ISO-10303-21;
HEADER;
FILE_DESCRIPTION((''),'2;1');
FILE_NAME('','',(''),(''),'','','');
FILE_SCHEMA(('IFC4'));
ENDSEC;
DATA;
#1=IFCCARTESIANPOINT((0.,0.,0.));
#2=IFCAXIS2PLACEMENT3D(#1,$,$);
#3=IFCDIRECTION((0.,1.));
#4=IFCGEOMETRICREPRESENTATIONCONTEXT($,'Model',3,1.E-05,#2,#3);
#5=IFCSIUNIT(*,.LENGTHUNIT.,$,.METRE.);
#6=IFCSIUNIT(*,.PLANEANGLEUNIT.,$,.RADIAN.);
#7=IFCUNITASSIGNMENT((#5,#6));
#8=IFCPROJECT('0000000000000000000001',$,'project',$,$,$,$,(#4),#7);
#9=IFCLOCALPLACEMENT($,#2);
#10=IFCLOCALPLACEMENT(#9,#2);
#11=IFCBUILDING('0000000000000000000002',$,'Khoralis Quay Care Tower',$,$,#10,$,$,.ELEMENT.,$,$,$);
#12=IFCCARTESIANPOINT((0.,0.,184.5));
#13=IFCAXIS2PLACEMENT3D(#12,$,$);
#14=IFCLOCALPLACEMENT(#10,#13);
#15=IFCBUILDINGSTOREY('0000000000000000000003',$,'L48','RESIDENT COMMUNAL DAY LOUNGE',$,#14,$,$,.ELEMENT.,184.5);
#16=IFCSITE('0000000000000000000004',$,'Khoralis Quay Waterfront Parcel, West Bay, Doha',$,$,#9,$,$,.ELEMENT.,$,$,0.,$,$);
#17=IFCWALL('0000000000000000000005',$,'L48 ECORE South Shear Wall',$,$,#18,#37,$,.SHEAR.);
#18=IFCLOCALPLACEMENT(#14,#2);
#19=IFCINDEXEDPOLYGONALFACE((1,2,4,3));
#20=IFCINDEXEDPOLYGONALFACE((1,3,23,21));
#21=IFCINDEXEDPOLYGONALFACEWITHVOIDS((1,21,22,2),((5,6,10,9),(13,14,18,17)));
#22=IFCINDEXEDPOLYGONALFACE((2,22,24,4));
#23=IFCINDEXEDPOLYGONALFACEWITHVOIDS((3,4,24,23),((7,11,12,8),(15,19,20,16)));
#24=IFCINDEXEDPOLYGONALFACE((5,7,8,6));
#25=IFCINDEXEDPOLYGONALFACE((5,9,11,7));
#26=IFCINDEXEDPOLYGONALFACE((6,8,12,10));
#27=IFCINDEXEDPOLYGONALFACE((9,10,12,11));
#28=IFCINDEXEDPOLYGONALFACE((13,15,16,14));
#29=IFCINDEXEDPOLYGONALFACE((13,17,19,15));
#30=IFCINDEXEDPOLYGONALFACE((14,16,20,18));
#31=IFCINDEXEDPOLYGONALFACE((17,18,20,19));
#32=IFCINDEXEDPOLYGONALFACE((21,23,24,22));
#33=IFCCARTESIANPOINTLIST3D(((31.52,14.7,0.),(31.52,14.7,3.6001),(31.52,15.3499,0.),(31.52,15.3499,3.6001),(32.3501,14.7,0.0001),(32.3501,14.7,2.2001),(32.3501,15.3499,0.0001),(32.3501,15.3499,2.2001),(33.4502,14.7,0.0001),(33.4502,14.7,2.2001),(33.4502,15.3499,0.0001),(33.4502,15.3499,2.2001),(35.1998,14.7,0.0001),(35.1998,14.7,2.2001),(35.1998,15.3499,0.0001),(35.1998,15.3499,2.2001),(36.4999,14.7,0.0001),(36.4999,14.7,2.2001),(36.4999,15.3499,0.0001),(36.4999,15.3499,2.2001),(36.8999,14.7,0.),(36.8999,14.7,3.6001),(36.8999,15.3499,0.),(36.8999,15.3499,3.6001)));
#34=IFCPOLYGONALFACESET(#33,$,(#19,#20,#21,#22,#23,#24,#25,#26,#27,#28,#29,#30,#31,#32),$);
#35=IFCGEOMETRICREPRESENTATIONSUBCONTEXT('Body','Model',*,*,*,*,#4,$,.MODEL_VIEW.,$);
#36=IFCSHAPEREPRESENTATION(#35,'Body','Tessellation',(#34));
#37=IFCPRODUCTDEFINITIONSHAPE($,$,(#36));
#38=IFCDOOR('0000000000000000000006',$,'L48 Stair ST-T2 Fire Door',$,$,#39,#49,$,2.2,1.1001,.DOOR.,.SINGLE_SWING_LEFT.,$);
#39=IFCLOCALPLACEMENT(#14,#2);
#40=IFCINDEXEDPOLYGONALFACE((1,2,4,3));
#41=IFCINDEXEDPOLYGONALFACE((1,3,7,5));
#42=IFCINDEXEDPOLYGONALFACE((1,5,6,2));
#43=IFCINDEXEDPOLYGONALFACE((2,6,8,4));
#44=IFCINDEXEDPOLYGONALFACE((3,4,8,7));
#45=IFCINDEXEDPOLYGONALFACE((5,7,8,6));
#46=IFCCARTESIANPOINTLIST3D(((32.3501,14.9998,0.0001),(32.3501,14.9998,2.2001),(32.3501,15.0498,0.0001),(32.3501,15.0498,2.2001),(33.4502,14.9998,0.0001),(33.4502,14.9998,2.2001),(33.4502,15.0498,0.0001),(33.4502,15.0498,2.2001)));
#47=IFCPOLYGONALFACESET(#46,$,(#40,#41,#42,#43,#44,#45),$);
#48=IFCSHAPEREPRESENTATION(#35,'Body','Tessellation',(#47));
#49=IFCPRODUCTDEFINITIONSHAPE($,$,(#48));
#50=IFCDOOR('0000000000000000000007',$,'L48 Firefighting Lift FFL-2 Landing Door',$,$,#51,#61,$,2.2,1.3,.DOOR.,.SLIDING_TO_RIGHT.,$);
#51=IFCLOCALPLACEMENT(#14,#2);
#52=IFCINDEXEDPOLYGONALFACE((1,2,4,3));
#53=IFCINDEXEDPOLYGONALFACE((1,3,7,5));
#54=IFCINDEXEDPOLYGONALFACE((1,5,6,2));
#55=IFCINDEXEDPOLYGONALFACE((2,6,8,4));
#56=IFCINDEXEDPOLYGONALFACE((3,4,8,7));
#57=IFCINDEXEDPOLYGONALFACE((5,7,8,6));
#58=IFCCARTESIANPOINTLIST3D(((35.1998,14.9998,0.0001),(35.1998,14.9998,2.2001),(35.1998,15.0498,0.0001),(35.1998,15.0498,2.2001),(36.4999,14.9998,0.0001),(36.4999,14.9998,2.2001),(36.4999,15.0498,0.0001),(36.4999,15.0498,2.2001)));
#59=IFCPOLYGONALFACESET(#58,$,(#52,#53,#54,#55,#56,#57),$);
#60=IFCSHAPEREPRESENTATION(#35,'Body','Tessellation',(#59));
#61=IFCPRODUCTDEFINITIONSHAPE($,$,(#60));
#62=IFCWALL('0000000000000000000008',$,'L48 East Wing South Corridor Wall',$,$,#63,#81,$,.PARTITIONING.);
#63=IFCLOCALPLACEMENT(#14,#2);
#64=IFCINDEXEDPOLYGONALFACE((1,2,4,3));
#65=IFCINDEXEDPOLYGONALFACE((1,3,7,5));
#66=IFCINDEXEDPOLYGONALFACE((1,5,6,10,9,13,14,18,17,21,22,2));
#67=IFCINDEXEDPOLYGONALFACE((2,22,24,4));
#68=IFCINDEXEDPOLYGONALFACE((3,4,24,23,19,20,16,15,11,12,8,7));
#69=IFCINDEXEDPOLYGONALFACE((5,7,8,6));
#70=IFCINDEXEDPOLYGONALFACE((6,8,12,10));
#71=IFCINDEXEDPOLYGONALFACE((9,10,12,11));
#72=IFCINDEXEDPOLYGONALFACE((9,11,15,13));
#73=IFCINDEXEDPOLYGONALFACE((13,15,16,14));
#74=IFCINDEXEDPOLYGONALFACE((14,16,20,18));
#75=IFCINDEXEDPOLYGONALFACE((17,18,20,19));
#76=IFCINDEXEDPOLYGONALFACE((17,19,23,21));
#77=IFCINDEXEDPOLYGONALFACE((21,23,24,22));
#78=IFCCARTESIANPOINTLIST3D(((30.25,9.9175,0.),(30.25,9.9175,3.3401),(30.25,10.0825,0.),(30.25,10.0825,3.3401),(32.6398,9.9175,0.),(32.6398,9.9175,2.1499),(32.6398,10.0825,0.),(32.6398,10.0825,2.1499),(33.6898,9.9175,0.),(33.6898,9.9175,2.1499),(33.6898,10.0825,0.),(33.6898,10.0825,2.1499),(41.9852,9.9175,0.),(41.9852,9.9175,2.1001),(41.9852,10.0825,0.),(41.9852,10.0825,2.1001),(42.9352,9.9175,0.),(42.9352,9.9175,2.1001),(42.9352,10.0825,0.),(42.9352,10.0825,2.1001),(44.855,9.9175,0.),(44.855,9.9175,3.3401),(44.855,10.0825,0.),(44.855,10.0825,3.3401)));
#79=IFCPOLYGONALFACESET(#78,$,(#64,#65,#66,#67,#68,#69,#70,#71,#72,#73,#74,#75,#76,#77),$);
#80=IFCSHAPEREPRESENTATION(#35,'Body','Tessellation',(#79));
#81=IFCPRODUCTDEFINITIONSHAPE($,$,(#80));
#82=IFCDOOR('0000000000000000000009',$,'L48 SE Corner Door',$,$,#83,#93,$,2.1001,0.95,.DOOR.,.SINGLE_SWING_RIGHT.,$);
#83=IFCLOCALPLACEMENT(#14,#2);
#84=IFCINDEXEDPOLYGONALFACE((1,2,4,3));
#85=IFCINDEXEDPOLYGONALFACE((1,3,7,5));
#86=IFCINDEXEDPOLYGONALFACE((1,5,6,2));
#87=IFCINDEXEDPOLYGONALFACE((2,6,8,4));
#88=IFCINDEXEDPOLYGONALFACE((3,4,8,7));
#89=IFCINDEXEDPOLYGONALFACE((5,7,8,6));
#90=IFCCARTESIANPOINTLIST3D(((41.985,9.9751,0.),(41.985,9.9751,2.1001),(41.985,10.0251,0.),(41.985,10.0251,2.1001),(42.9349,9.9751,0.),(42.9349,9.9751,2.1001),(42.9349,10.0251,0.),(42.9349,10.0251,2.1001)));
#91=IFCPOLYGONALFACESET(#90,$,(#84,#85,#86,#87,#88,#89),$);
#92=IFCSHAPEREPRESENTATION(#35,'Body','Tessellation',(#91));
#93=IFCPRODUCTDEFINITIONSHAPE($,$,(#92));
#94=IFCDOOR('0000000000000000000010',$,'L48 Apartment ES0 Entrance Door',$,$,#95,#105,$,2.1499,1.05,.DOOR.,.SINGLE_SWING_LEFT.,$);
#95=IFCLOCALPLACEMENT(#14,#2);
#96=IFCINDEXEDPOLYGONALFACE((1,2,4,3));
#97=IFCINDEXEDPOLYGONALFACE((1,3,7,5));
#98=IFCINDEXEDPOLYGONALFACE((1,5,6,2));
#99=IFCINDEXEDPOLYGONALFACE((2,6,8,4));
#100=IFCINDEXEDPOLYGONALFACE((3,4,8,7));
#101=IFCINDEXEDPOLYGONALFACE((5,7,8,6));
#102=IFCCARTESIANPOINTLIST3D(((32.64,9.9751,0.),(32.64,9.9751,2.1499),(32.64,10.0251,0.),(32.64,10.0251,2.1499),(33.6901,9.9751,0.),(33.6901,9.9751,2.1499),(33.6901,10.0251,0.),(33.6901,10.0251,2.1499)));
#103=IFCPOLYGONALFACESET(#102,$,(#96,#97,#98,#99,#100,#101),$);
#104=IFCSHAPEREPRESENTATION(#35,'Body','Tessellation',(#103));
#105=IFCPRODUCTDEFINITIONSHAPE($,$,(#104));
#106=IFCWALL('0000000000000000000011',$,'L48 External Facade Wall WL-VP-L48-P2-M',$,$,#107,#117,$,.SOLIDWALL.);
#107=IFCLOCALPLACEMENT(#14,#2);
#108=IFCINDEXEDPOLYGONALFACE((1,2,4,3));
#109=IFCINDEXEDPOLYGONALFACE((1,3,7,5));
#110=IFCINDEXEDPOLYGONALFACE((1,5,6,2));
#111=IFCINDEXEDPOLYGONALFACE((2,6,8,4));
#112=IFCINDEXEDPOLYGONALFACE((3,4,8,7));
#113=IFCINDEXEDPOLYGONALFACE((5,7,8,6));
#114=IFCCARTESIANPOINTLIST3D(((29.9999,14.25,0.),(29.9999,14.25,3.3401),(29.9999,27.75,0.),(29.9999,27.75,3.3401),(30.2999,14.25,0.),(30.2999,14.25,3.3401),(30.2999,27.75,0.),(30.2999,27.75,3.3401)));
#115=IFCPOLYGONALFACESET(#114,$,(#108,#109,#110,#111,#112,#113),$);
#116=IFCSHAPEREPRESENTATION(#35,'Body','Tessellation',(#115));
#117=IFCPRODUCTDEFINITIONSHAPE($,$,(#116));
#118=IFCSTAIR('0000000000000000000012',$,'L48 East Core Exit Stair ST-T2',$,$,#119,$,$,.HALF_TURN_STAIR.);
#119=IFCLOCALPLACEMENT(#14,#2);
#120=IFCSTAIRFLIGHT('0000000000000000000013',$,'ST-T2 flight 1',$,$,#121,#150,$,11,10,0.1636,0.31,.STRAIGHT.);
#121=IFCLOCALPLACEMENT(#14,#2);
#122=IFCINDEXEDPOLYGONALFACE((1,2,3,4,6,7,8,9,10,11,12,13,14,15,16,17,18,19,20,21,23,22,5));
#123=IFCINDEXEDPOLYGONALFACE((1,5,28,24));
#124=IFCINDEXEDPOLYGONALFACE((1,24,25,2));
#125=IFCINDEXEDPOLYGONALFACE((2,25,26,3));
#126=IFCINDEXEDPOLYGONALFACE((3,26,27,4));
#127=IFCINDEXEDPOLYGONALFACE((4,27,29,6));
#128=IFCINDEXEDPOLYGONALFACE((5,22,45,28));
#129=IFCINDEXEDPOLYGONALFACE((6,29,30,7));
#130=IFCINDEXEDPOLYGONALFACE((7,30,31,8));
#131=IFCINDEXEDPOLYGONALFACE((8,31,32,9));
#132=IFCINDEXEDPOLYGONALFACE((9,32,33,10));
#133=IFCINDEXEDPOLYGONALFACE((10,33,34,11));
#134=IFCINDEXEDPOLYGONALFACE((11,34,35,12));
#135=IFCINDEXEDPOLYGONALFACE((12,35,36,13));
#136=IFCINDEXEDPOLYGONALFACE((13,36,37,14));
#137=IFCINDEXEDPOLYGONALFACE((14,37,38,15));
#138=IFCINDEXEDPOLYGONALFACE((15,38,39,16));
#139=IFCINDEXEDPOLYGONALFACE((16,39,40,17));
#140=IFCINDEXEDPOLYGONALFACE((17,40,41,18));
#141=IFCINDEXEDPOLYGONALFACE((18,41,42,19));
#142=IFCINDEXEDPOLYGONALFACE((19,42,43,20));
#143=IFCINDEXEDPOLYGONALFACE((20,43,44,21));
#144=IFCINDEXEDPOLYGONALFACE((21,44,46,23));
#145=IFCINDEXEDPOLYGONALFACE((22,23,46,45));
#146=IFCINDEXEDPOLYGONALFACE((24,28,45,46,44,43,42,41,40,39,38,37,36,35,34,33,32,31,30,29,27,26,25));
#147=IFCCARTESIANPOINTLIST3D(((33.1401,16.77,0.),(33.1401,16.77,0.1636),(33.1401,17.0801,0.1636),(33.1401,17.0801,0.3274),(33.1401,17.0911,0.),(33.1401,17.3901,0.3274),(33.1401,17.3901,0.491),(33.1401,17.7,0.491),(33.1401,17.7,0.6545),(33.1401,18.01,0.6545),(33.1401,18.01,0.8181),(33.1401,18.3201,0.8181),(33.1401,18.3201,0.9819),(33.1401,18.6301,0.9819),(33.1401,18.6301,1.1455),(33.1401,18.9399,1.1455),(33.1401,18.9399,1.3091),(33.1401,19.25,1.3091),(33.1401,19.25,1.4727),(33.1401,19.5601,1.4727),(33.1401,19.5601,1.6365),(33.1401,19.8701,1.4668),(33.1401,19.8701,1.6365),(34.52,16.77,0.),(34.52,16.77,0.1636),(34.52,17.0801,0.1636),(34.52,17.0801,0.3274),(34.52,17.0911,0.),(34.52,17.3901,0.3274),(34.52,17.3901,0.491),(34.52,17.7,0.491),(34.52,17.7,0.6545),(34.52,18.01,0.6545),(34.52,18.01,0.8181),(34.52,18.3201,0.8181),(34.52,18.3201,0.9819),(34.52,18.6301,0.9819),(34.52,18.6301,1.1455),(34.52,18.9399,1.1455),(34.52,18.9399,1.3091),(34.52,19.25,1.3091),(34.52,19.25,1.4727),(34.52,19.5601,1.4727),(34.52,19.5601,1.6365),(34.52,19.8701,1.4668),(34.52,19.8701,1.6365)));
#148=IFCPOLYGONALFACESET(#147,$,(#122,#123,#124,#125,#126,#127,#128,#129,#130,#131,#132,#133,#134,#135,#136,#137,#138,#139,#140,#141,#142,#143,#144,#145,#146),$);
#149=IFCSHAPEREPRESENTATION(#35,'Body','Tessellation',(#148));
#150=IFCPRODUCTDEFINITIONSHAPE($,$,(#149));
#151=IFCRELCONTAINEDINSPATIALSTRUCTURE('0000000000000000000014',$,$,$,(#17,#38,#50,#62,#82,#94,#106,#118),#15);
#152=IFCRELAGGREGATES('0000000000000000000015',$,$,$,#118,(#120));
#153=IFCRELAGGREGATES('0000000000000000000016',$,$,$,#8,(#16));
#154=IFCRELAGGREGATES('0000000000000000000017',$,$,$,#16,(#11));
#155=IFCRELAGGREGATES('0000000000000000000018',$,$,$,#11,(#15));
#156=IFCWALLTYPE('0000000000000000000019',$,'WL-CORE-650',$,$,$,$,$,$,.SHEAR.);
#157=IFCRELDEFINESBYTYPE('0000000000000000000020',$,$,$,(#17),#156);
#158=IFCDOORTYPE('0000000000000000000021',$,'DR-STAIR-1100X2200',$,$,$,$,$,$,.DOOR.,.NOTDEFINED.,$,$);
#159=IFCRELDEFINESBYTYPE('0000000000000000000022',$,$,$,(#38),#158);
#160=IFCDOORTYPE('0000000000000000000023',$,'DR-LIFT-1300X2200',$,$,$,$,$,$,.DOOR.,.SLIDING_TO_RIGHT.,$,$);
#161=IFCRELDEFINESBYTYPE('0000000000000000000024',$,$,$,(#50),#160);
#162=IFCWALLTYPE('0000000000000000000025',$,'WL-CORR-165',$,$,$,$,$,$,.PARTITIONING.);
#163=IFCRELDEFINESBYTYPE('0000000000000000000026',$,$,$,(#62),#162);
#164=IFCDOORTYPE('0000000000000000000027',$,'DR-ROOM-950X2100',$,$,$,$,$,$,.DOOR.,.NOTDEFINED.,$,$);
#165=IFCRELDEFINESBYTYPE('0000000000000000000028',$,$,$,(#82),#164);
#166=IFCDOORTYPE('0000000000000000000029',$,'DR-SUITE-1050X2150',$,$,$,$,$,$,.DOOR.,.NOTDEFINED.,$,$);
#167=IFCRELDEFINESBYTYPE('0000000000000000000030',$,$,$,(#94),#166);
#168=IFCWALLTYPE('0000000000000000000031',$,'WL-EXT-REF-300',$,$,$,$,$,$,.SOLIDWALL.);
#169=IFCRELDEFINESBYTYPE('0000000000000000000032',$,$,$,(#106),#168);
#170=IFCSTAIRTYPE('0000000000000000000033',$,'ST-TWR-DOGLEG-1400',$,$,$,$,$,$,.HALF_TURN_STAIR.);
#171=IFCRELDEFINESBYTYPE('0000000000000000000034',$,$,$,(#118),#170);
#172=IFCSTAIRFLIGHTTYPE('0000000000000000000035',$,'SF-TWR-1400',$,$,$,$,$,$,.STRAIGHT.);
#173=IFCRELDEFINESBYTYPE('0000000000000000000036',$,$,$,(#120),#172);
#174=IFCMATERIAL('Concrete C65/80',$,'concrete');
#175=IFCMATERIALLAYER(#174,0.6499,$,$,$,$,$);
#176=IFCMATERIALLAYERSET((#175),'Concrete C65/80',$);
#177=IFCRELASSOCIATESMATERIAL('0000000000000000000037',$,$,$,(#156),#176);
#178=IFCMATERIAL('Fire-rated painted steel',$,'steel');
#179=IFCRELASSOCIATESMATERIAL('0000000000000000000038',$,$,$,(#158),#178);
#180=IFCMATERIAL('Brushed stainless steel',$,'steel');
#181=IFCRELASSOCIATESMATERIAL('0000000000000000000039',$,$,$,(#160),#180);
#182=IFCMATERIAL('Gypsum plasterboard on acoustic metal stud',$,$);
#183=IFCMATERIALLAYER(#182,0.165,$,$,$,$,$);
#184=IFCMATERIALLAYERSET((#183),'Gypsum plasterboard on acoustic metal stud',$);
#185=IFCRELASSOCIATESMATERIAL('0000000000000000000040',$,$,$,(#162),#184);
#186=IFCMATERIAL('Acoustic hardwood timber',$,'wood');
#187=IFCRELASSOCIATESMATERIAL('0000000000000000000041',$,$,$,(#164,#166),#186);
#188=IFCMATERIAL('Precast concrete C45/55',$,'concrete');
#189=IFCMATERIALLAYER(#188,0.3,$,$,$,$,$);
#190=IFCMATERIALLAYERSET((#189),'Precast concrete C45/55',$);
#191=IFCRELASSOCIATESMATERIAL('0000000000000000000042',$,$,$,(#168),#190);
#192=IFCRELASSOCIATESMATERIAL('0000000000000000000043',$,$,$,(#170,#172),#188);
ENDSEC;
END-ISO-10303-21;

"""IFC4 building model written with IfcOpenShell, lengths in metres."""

from ifc_helpers import new_model, si_unit, direction, frame, frame_2d, origin, place, context, subcontext, project, spatial, polyline, rectangle, outline, extrude, source, transform, mapped, material, layer, layer_set, type_object, element, fill, aggregate, save


model = new_model("IFC4")

# Units and contexts
model_context = context("Model", 3, precision=1e-05, world=origin(), true_north=direction((0.0, 1.0)))
body_context = subcontext(model_context, "Body", "Model", "MODEL_VIEW")
ifc_project = project(units=[si_unit("LENGTHUNIT", "METRE"), si_unit("PLANEANGLEUNIT", "RADIAN")], contexts=[model_context])

# Site, building, storey
site_placement = place(None, origin())
site = spatial("IfcSite", under=ifc_project, at=site_placement, Name="Khoralis Quay Waterfront Parcel, West Bay, Doha", CompositionType="ELEMENT", RefElevation=0.0)
building_placement = place(site_placement, origin())
building = spatial("IfcBuilding", under=site, at=building_placement, Name="Khoralis Quay Care Tower", CompositionType="ELEMENT")
storey_placement = place(building_placement, frame((0.0, 0.0, 184.5)))
storey = spatial("IfcBuildingStorey", under=building, at=storey_placement, Name="L48", Description="RESIDENT COMMUNAL DAY LOUNGE", CompositionType="ELEMENT", Elevation=184.5)

# Shared definitions
ifc_material_1 = material(Name="Gypsum plasterboard on acoustic metal stud")
ifc_material_2 = material(Name="Fire-rated painted steel", Category="steel")

# Shared definitions
ifc_material_3 = material(Name="Concrete C65/80", Category="concrete")
ifc_layer_1 = layer(ifc_material_3, 0.6499)
ifc_layer_set_1 = layer_set([ifc_layer_1], Name="Concrete C65/80")
wall_type_1 = type_object("IfcWallType", Name="WL-CORE-650", PredefinedType="SHEAR", material=ifc_layer_set_1)

# Walls, openings, doors
wall_1_placement = place(storey_placement, frame((31.52, 15.0249, 0.0), z_axis=(0.0, 0.0, 1.0), x_axis=(1.0, 0.0, 0.0)))
wall_1 = element("IfcWall", 1, at=wall_1_placement, inside=storey, type_object=wall_type_1, Name="L48 ECORE South Shear Wall", PredefinedType="SHEAR", context=body_context, shape_type="SweptSolid", body=[
    extrude(rectangle(XDim=5.3799, YDim=0.6499, at=frame_2d((2.6899, 0.0))), origin(), (0.0, 0.0, 1.0), 3.6001),
])
opening_1_placement = place(wall_1_placement, frame((0.8301, 0.0, 0.0)))
opening_1 = element("IfcOpeningElement", 2, at=opening_1_placement, cuts=wall_1, PredefinedType="OPENING", context=body_context, shape_type="SweptSolid", body=[
    extrude(rectangle(XDim=1.1001, YDim=2.2, at=frame_2d((0.55, 1.1001))), frame((0.0, 0.335, 0.0), z_axis=(0.0, -1.0, 0.0), x_axis=(1.0, 0.0, 0.0)), (0.0, 0.0, 1.0), 0.6699),
])
opening_2_placement = place(wall_1_placement, frame((3.6799, 0.0, 0.0)))
opening_2 = element("IfcOpeningElement", 3, at=opening_2_placement, cuts=wall_1, PredefinedType="OPENING", context=body_context, shape_type="SweptSolid", body=[
    extrude(rectangle(XDim=1.3, YDim=2.2, at=frame_2d((0.6499, 1.1001))), frame((0.0, 0.335, 0.0), z_axis=(0.0, -1.0, 0.0), x_axis=(1.0, 0.0, 0.0)), (0.0, 0.0, 1.0), 0.6699),
])
door_type_1 = type_object("IfcDoorType", Name="DR-STAIR-1100X2200", OperationType="NOTDEFINED", PredefinedType="DOOR", material=ifc_material_2)
shared_shape_1 = source(origin(), body_context, "Body", "SweptSolid", [
    extrude(rectangle(XDim=1.1001, YDim=2.2, at=frame_2d((0.55, 1.1001))), frame((0.0, 0.0249, 0.0), z_axis=(0.0, -1.0, 0.0), x_axis=(1.0, 0.0, 0.0)), (0.0, 0.0, 1.0), 0.05),
])
door_1_placement = place(opening_1_placement, origin())
door_1 = element("IfcDoor", 4, at=door_1_placement, inside=storey, type_object=door_type_1, Name="L48 Stair ST-T2 Fire Door", OperationType="SINGLE_SWING_LEFT", OverallHeight=2.2, OverallWidth=1.1001, PredefinedType="DOOR", context=body_context, shape_type="MappedRepresentation", body=[
    mapped(shared_shape_1, transform((0.0, 0.0, 0.0), scale=1.0)),
])
fill(opening_1, door_1)
ifc_material_4 = material(Name="Brushed stainless steel", Category="steel")
door_type_2 = type_object("IfcDoorType", Name="DR-LIFT-1300X2200", OperationType="SLIDING_TO_RIGHT", PredefinedType="DOOR", material=ifc_material_4)
shared_shape_2 = source(origin(), body_context, "Body", "SweptSolid", [
    extrude(rectangle(XDim=1.3, YDim=2.2, at=frame_2d((0.6499, 1.1001))), frame((0.0, 0.0249, 0.0), z_axis=(0.0, -1.0, 0.0), x_axis=(1.0, 0.0, 0.0)), (0.0, 0.0, 1.0), 0.05),
])
door_2_placement = place(opening_2_placement, origin())
door_2 = element("IfcDoor", 5, at=door_2_placement, inside=storey, type_object=door_type_2, Name="L48 Firefighting Lift FFL-2 Landing Door", OperationType="SLIDING_TO_RIGHT", OverallHeight=2.2, OverallWidth=1.3, PredefinedType="DOOR", context=body_context, shape_type="MappedRepresentation", body=[
    mapped(shared_shape_2, transform((0.0, 0.0, 0.0), scale=1.0)),
])
fill(opening_2, door_2)
ifc_layer_2 = layer(ifc_material_1, 0.165)
ifc_layer_set_2 = layer_set([ifc_layer_2], Name="Gypsum plasterboard on acoustic metal stud")
wall_type_2 = type_object("IfcWallType", Name="WL-CORR-165", PredefinedType="PARTITIONING", material=ifc_layer_set_2)
wall_2_placement = place(storey_placement, frame((30.25, 10.0, 0.0), z_axis=(0.0, 0.0, 1.0), x_axis=(1.0, 0.0, 0.0)))
wall_2 = element("IfcWall", 6, at=wall_2_placement, inside=storey, type_object=wall_type_2, Name="L48 East Wing South Corridor Wall", PredefinedType="PARTITIONING", context=body_context, shape_type="SweptSolid", body=[
    extrude(rectangle(XDim=14.605, YDim=0.165, at=frame_2d((7.3025, 0.0))), origin(), (0.0, 0.0, 1.0), 3.3401),
])
opening_3_placement = place(wall_2_placement, frame((2.3899, 0.0, 0.0)))
opening_3 = element("IfcOpeningElement", 7, at=opening_3_placement, cuts=wall_2, PredefinedType="OPENING", context=body_context, shape_type="SweptSolid", body=[
    extrude(rectangle(XDim=1.05, YDim=2.1499, at=frame_2d((0.5249, 1.075))), frame((0.0, 0.0925, 0.0), z_axis=(0.0, -1.0, 0.0), x_axis=(1.0, 0.0, 0.0)), (0.0, 0.0, 1.0), 0.1851),
])
opening_4_placement = place(wall_2_placement, frame((11.7351, 0.0, 0.0)))
opening_4 = element("IfcOpeningElement", 8, at=opening_4_placement, cuts=wall_2, PredefinedType="OPENING", context=body_context, shape_type="SweptSolid", body=[
    extrude(rectangle(XDim=0.95, YDim=2.1001, at=frame_2d((0.4751, 1.05))), frame((0.0, 0.0925, 0.0), z_axis=(0.0, -1.0, 0.0), x_axis=(1.0, 0.0, 0.0)), (0.0, 0.0, 1.0), 0.1851),
])
ifc_material_5 = material(Name="Acoustic hardwood timber", Category="wood")
door_type_3 = type_object("IfcDoorType", Name="DR-ROOM-950X2100", OperationType="NOTDEFINED", PredefinedType="DOOR", material=ifc_material_5)
shared_shape_3 = source(origin(), body_context, "Body", "SweptSolid", [
    extrude(rectangle(XDim=0.95, YDim=2.1001, at=frame_2d((0.4751, 1.05))), frame((0.0, 0.0249, 0.0), z_axis=(0.0, -1.0, 0.0), x_axis=(1.0, 0.0, 0.0)), (0.0, 0.0, 1.0), 0.05),
])
door_3_placement = place(opening_4_placement, frame((0.95, 0.0, 0.0), z_axis=(0.0, 0.0, 1.0), x_axis=(-1.0, 0.0, 0.0)))
door_3 = element("IfcDoor", 9, at=door_3_placement, inside=storey, type_object=door_type_3, Name="L48 SE Corner Door", OperationType="SINGLE_SWING_RIGHT", OverallHeight=2.1001, OverallWidth=0.95, PredefinedType="DOOR", context=body_context, shape_type="MappedRepresentation", body=[
    mapped(shared_shape_3, transform((0.0, 0.0, 0.0), scale=1.0)),
])
fill(opening_4, door_3)
door_type_4 = type_object("IfcDoorType", Name="DR-SUITE-1050X2150", OperationType="NOTDEFINED", PredefinedType="DOOR", material=ifc_material_5)
shared_shape_4 = source(origin(), body_context, "Body", "SweptSolid", [
    extrude(rectangle(XDim=1.05, YDim=2.1499, at=frame_2d((0.5249, 1.075))), frame((0.0, 0.0249, 0.0), z_axis=(0.0, -1.0, 0.0), x_axis=(1.0, 0.0, 0.0)), (0.0, 0.0, 1.0), 0.05),
])
door_4_placement = place(opening_3_placement, frame((1.05, 0.0, 0.0), z_axis=(0.0, 0.0, 1.0), x_axis=(-1.0, 0.0, 0.0)))
door_4 = element("IfcDoor", 10, at=door_4_placement, inside=storey, type_object=door_type_4, Name="L48 Apartment ES0 Entrance Door", OperationType="SINGLE_SWING_LEFT", OverallHeight=2.1499, OverallWidth=1.05, PredefinedType="DOOR", context=body_context, shape_type="MappedRepresentation", body=[
    mapped(shared_shape_4, transform((0.0, 0.0, 0.0), scale=1.0)),
])
fill(opening_3, door_4)

# Wall
ifc_material_6 = material(Name="Precast concrete C45/55", Category="concrete")
ifc_layer_3 = layer(ifc_material_6, 0.3)
ifc_layer_set_3 = layer_set([ifc_layer_3], Name="Precast concrete C45/55")
wall_type_3 = type_object("IfcWallType", Name="WL-EXT-REF-300", PredefinedType="SOLIDWALL", material=ifc_layer_set_3)
wall_3_placement = place(storey_placement, frame((30.1499, 14.25, 0.0), z_axis=(0.0, 0.0, 1.0), x_axis=(0.0, 1.0, 0.0)))
element("IfcWall", 11, at=wall_3_placement, inside=storey, type_object=wall_type_3, Name="L48 External Facade Wall WL-VP-L48-P2-M", PredefinedType="SOLIDWALL", context=body_context, shape_type="SweptSolid", body=[
    extrude(rectangle(XDim=13.5, YDim=0.3, at=frame_2d((6.75, 0.0))), origin(), (0.0, 0.0, 1.0), 3.3401),
])

# Stair, stair flight
stair_type = type_object("IfcStairType", Name="ST-TWR-DOGLEG-1400", PredefinedType="HALF_TURN_STAIR", material=ifc_material_6)
stair_placement = place(storey_placement, origin())
stair = element("IfcStair", 12, at=stair_placement, inside=storey, type_object=stair_type, Name="L48 East Core Exit Stair ST-T2", PredefinedType="HALF_TURN_STAIR")
stair_flight_type = type_object("IfcStairFlightType", Name="SF-TWR-1400", PredefinedType="STRAIGHT", material=ifc_material_6)
shared_shape_5 = source(origin(), body_context, "Body", "SweptSolid", [
    extrude(outline(polyline([(0.0, 0.0), (0.0, 0.1636), (0.3101, 0.1636), (0.3101, 0.3274), (0.6201, 0.3274), (0.6201, 0.491), (0.9299, 0.491), (0.9299, 0.6545), (1.24, 0.6545), (1.24, 0.8181), (1.55, 0.8181), (1.55, 0.9819), (1.8601, 0.9819), (1.8601, 1.1455), (2.1699, 1.1455), (2.1699, 1.3091), (2.48, 1.3091), (2.48, 1.4727), (2.79, 1.4727), (2.79, 1.6365), (3.1001, 1.6365), (3.1001, 1.8), (3.1001, 1.4668), (0.321, 0.0), (0.0, 0.0)])), frame((0.0, 0.6899, 0.0), z_axis=(0.0, -1.0, 0.0), x_axis=(1.0, 0.0, 0.0)), (0.0, 0.0, 1.0), 1.3799),
])
stair_flight_1_placement = place(storey_placement, frame((33.8301, 16.77, 0.0), z_axis=(0.0, 0.0, 1.0), x_axis=(0.0, 1.0, 0.0)))
stair_flight_1 = element("IfcStairFlight", 13, at=stair_flight_1_placement, type_object=stair_flight_type, Name="ST-T2 flight 1", NumberOfRisers=11, NumberOfTreads=10, PredefinedType="STRAIGHT", RiserHeight=0.1636, TreadLength=0.31, context=body_context, shape_type="MappedRepresentation", body=[
    mapped(shared_shape_5, transform((0.0, 0.0, 0.0), scale=1.0)),
])
aggregate(stair, [stair_flight_1])

save(model, "model.ifc")
